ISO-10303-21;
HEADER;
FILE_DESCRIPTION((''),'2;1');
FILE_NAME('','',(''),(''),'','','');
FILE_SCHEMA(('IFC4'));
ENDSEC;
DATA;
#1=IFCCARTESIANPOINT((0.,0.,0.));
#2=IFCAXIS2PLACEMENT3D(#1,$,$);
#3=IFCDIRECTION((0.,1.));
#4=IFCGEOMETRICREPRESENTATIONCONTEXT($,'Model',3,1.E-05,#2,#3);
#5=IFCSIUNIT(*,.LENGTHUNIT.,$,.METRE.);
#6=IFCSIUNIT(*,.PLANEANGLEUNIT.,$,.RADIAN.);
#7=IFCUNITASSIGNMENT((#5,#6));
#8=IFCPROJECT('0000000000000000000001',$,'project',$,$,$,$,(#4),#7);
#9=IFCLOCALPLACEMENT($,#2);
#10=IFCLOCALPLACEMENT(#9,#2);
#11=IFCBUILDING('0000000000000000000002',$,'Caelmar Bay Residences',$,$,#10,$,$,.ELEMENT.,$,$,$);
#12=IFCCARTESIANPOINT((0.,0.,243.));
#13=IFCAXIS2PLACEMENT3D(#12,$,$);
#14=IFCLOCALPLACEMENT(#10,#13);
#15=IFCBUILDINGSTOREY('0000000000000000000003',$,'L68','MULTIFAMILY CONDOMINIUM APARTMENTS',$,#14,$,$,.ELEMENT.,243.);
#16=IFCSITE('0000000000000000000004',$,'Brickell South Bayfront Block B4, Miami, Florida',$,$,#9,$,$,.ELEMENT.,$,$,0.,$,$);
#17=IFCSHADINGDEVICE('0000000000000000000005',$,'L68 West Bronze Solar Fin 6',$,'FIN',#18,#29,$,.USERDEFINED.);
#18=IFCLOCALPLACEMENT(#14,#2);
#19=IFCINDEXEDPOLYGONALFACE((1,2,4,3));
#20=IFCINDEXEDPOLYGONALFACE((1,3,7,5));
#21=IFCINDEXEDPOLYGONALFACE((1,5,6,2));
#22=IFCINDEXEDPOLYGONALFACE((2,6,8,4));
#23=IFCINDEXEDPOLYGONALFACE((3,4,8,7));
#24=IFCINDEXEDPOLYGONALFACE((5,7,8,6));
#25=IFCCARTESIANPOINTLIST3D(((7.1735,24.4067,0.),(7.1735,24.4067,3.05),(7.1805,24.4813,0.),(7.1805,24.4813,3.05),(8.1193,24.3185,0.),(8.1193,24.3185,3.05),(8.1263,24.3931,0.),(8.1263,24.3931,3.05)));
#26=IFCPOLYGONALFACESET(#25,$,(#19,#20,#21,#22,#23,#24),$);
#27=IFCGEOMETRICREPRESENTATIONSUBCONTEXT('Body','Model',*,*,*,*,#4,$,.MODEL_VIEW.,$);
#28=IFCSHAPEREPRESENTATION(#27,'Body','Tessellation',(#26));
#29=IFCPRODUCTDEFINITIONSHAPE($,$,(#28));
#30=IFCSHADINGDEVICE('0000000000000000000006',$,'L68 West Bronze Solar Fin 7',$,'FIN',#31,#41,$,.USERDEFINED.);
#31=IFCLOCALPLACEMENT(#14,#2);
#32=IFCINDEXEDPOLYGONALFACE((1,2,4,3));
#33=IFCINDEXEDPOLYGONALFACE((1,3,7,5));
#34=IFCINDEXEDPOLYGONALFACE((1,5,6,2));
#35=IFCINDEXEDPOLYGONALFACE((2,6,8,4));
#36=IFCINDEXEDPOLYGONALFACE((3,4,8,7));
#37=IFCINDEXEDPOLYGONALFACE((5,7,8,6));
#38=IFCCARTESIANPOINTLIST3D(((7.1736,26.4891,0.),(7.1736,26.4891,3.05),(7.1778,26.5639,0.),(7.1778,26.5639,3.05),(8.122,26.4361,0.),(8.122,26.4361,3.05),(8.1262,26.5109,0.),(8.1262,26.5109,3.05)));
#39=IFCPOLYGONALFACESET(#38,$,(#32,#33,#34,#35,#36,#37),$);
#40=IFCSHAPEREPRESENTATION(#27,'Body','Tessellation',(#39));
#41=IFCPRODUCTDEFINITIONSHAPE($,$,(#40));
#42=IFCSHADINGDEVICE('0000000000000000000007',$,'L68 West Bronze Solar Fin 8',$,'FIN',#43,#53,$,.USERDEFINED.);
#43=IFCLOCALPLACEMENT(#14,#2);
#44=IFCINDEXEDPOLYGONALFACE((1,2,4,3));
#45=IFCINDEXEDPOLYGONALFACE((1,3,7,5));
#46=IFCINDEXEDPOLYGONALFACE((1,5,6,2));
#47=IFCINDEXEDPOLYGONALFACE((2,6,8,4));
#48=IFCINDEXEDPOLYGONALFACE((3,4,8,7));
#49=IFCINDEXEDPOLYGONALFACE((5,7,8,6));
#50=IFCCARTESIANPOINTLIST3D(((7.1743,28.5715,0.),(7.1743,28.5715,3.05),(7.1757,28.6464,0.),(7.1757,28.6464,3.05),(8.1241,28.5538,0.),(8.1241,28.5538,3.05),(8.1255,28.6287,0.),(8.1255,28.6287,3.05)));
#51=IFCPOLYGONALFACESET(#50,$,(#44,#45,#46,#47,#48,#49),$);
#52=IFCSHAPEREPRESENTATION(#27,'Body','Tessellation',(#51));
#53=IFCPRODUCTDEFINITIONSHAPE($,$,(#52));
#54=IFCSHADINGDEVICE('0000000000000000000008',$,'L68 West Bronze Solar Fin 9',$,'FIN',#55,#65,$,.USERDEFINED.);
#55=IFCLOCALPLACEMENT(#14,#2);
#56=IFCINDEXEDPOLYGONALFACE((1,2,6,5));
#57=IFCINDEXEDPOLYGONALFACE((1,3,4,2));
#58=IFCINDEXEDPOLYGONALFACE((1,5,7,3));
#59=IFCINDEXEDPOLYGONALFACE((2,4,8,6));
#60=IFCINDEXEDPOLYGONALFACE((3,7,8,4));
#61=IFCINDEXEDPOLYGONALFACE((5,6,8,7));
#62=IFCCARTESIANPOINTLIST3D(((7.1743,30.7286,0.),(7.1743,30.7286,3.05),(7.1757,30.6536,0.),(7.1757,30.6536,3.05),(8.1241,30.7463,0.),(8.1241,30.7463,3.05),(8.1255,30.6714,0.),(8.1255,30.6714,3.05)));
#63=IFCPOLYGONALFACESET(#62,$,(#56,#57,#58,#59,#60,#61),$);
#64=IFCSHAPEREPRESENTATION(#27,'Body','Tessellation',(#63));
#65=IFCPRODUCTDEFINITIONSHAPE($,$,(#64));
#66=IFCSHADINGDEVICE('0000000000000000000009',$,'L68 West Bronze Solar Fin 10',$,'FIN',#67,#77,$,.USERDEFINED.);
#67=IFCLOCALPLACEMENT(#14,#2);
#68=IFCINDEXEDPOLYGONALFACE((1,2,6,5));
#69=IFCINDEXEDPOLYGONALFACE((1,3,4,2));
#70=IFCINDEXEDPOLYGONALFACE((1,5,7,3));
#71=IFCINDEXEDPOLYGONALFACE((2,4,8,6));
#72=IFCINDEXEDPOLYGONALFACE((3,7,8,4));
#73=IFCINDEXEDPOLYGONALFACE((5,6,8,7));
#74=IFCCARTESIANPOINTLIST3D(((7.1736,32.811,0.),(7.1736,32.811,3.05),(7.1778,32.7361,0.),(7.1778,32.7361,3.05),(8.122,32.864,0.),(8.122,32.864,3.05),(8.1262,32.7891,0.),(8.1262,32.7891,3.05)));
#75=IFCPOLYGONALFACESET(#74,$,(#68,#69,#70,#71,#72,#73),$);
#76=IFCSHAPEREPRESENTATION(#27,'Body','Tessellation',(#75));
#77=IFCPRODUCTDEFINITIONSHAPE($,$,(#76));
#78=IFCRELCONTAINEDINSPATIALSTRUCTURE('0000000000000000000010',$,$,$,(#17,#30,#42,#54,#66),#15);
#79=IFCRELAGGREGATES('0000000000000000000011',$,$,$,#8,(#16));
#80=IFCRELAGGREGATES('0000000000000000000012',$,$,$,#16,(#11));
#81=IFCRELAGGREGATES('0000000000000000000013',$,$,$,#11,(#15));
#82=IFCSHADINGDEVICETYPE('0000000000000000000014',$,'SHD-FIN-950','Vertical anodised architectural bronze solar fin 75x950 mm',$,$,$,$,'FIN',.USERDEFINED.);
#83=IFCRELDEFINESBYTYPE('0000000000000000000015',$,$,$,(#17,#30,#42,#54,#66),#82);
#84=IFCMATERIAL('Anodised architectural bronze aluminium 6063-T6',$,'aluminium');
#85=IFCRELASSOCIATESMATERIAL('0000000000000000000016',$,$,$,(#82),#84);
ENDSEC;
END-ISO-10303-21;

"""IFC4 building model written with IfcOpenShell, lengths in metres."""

from ifc_helpers import new_model, si_unit, direction, frame, origin, origin_2d, place, context, subcontext, project, spatial, rectangle, extrude, material, material_profile, profile_set, type_object, element, save


model = new_model("IFC4")

# Units and contexts
model_context = context("Model", 3, precision=1e-05, world=origin(), true_north=direction((0.0, 1.0)))
body_context = subcontext(model_context, "Body", "Model", "MODEL_VIEW")
ifc_project = project(units=[si_unit("LENGTHUNIT", "METRE"), si_unit("PLANEANGLEUNIT", "RADIAN")], contexts=[model_context])

# Site, building, storey
site_placement = place(None, origin())
site = spatial("IfcSite", under=ifc_project, at=site_placement, Name="Brickell South Bayfront Block B4, Miami, Florida", CompositionType="ELEMENT", RefElevation=0.0)
building_placement = place(site_placement, origin())
building = spatial("IfcBuilding", under=site, at=building_placement, Name="Caelmar Bay Residences", CompositionType="ELEMENT")
storey_placement = place(building_placement, frame((0.0, 0.0, 243.0)))
storey = spatial("IfcBuildingStorey", under=building, at=storey_placement, Name="L68", Description="MULTIFAMILY CONDOMINIUM APARTMENTS", CompositionType="ELEMENT", Elevation=243.0)

# Shading devices
ifc_material_1 = material(Name="Anodised architectural bronze aluminium 6063-T6", Category="aluminium")
ifc_material_profile_1 = material_profile(ifc_material_1, rectangle(XDim=0.075, YDim=0.95, at=origin_2d()), Name="BRONZE-FIN-75X950")
ifc_profile_set_1 = profile_set([ifc_material_profile_1], Name="Anodised architectural bronze aluminium 6063-T6")
shading_device_type = type_object("IfcShadingDeviceType", Name="SHD-FIN-950", Description="Vertical anodised architectural bronze solar fin 75x950 mm", ElementType="FIN", PredefinedType="USERDEFINED", material=ifc_profile_set_1)
for number, where, z_axis, x_axis, name in (
    (1, (7.6499, 24.3999, 0.0), (0.0, 0.0, 1.0), (0.092892, 0.995676, 0.0), "L68 West Bronze Solar Fin 6"),
    (2, (7.6499, 26.5, 0.0), (0.0, 0.0, 1.0), (0.055822, 0.998441, 0.0), "L68 West Bronze Solar Fin 7"),
    (3, (7.6499, 28.6001, 0.0), (0.0, 0.0, 1.0), (0.018674, 0.999826, 0.0), "L68 West Bronze Solar Fin 8"),
    (4, (7.6499, 30.7, 0.0), (0.0, 0.0, 1.0), (-0.018674, 0.999826, 0.0), "L68 West Bronze Solar Fin 9"),
    (5, (7.6499, 32.8, 0.0), (0.0, 0.0, 1.0), (-0.055822, 0.998441, 0.0), "L68 West Bronze Solar Fin 10"),
):
    element("IfcShadingDevice", number, at=place(storey_placement, frame(where, z_axis=z_axis, x_axis=x_axis)), inside=storey, type_object=shading_device_type, Name=name, ObjectType="FIN", PredefinedType="USERDEFINED", context=body_context, shape_type="SweptSolid", body=[
        extrude(rectangle(XDim=0.075, YDim=0.95, at=origin_2d()), origin(), (0.0, 0.0, 1.0), 3.05),
    ])

save(model, "model.ifc")
